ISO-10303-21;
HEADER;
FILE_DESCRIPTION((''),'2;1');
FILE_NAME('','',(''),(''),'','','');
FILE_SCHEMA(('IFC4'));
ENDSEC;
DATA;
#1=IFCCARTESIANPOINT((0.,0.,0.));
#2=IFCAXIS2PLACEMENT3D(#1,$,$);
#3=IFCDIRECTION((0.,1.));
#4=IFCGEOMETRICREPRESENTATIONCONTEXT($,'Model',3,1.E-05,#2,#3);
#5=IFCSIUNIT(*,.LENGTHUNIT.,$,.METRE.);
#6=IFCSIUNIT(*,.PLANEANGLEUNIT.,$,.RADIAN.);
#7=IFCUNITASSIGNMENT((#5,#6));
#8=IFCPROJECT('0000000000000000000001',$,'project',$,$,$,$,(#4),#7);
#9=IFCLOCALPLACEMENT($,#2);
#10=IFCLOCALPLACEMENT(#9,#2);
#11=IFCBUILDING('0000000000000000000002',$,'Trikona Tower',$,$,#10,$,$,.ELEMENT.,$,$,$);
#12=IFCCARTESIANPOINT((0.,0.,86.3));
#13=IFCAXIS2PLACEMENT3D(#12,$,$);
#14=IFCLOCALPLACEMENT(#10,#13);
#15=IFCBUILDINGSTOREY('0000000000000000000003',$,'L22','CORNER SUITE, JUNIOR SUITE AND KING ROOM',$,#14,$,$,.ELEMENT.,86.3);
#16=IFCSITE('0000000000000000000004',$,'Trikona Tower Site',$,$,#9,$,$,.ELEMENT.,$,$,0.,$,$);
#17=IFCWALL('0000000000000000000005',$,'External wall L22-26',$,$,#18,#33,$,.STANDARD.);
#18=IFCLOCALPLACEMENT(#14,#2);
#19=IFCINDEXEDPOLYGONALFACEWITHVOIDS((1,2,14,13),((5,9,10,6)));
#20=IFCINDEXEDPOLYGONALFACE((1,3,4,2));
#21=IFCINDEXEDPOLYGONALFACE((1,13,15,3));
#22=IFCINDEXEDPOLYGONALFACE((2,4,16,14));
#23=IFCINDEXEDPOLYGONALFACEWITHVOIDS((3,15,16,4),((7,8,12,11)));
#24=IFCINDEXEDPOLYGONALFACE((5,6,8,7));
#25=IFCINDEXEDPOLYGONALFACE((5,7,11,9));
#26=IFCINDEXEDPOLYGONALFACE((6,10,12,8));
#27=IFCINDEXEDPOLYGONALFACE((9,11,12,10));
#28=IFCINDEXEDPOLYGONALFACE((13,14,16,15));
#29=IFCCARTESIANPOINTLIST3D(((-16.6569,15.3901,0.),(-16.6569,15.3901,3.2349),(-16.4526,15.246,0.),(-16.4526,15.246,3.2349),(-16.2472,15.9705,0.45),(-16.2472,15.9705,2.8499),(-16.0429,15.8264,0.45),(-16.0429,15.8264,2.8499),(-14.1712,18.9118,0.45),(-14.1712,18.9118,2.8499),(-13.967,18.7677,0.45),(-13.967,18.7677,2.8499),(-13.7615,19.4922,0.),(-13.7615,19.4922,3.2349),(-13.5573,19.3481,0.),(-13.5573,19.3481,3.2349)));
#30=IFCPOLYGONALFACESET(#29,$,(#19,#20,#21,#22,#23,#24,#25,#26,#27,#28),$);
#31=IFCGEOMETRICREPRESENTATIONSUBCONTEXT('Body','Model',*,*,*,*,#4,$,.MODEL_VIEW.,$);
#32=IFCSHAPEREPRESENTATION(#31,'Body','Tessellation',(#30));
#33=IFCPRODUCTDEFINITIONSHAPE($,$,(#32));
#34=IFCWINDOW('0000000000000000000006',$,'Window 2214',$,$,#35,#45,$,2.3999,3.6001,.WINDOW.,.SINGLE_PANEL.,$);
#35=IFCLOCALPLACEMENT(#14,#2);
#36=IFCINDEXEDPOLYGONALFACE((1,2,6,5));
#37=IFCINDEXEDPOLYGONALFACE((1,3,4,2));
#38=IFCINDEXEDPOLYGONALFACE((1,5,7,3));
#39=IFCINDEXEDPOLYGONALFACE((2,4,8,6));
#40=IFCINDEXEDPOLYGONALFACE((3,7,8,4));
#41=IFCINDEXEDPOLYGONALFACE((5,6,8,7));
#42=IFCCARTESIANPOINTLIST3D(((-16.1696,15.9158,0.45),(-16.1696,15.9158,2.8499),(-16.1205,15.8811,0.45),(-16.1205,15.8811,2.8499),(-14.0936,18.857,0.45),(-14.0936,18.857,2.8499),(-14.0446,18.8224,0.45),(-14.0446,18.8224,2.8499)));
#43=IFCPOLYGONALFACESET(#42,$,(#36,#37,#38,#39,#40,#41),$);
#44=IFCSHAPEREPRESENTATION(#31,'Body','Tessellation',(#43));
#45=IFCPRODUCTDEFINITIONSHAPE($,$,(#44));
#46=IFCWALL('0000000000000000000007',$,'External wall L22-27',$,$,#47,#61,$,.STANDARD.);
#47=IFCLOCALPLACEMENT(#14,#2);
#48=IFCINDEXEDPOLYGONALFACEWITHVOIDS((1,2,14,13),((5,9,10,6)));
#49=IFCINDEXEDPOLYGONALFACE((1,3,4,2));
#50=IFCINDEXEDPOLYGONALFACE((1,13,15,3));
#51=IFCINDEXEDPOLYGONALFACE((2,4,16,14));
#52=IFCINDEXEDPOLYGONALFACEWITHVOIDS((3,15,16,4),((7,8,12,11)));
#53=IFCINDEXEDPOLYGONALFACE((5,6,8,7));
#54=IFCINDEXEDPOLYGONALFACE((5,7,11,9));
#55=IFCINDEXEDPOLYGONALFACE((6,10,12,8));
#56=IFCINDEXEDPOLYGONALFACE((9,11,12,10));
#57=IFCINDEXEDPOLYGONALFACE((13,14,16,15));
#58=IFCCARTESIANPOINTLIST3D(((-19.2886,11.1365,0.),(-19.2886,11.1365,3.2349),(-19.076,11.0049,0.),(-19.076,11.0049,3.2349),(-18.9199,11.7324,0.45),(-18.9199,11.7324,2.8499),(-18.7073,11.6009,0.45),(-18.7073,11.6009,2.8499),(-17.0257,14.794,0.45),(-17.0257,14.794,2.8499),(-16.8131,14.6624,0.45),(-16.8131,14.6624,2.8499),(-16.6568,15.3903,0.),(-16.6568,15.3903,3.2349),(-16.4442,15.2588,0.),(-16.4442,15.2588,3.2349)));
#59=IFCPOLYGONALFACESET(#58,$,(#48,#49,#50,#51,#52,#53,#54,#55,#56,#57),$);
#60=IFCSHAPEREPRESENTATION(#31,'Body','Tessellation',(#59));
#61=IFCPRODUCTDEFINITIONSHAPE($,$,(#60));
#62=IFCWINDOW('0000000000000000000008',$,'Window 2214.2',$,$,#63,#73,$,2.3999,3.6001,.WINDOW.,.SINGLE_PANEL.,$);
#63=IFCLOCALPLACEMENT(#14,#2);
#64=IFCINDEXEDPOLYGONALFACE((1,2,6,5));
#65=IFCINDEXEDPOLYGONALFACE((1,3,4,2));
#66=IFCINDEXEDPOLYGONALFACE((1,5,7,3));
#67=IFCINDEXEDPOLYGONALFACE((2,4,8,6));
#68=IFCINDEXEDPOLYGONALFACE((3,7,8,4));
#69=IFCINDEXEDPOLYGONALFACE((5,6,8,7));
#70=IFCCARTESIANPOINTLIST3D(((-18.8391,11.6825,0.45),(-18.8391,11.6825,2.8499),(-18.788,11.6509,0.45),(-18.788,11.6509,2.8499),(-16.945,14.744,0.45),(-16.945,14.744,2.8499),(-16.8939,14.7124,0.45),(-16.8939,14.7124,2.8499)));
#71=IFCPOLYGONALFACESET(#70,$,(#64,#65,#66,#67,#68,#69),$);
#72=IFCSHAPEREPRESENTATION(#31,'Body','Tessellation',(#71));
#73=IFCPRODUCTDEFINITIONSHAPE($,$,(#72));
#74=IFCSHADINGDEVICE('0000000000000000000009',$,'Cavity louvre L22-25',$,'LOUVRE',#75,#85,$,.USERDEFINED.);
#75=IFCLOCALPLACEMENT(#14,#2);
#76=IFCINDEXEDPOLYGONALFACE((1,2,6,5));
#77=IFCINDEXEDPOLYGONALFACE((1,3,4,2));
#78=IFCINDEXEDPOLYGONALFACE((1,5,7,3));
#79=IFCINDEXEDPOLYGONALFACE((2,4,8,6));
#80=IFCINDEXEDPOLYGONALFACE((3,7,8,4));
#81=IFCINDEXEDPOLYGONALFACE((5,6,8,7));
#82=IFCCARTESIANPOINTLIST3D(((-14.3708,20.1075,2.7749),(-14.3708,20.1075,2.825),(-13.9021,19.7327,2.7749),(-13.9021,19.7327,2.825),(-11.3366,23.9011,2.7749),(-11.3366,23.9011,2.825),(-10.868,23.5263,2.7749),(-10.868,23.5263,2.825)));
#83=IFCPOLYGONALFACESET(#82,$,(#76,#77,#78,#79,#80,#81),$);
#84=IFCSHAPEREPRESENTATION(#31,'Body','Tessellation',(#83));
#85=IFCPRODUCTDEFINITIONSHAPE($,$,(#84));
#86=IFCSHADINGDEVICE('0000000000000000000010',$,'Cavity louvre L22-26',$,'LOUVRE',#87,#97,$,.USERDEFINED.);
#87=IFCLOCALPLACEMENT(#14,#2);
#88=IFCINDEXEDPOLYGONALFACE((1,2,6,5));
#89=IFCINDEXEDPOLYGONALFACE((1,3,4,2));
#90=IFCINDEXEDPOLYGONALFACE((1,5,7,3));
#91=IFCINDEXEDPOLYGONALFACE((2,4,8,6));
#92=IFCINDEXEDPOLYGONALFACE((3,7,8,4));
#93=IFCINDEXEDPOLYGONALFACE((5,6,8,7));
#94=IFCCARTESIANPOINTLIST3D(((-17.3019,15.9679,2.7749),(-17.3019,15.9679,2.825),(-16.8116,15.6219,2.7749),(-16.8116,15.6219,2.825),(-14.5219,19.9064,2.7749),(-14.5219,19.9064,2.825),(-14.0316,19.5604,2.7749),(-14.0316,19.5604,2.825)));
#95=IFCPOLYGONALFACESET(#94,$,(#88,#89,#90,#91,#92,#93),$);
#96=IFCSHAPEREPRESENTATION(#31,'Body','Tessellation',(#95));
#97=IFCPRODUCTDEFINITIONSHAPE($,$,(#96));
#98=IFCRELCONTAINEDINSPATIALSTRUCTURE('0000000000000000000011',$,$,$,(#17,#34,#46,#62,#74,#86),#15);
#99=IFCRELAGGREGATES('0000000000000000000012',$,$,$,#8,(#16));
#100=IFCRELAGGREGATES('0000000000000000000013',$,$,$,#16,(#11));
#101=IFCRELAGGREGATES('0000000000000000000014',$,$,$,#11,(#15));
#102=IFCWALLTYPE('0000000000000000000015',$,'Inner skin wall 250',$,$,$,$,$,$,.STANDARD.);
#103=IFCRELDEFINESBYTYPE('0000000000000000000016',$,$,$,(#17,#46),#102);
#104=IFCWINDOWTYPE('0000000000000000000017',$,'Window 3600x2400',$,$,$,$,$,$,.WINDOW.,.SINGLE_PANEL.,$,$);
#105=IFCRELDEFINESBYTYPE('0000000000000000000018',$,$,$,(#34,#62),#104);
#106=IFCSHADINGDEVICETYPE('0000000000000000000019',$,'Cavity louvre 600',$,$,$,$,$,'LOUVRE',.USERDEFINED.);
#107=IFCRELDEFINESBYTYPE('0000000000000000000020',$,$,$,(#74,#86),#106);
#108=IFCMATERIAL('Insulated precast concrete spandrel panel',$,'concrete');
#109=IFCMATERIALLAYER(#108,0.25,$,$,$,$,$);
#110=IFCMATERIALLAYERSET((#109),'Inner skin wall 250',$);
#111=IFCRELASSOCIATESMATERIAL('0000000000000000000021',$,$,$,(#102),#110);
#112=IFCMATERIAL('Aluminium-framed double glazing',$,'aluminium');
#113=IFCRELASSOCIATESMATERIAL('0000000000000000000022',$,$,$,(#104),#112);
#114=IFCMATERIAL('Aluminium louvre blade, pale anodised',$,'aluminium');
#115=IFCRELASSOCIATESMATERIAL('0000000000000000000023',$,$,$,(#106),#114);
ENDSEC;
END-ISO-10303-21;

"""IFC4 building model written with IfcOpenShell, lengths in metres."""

from ifc_helpers import new_model, si_unit, direction, frame, frame_2d, origin, origin_2d, place, context, subcontext, project, spatial, rectangle, extrude, material, layer, layer_set, type_object, element, fill, save


model = new_model("IFC4")

# Units and contexts
model_context = context("Model", 3, precision=1e-05, world=origin(), true_north=direction((0.0, 1.0)))
body_context = subcontext(model_context, "Body", "Model", "MODEL_VIEW")
ifc_project = project(units=[si_unit("LENGTHUNIT", "METRE"), si_unit("PLANEANGLEUNIT", "RADIAN")], contexts=[model_context])

# Site, building, storey
site_placement = place(None, origin())
site = spatial("IfcSite", under=ifc_project, at=site_placement, Name="Trikona Tower Site", CompositionType="ELEMENT", RefElevation=0.0)
building_placement = place(site_placement, origin())
building = spatial("IfcBuilding", under=site, at=building_placement, Name="Trikona Tower", CompositionType="ELEMENT")
storey_placement = place(building_placement, frame((0.0, 0.0, 86.3)))
storey = spatial("IfcBuildingStorey", under=building, at=storey_placement, Name="L22", Description="CORNER SUITE, JUNIOR SUITE AND KING ROOM", CompositionType="ELEMENT", Elevation=86.3)

# Walls, openings, windows
ifc_material_1 = material(Name="Insulated precast concrete spandrel panel", Category="concrete")
ifc_layer_1 = layer(ifc_material_1, 0.25)
ifc_layer_set_1 = layer_set([ifc_layer_1], Name="Inner skin wall 250")
wall_type = type_object("IfcWallType", Name="Inner skin wall 250", PredefinedType="STANDARD", material=ifc_layer_set_1)
ifc_material_2 = material(Name="Aluminium-framed double glazing", Category="aluminium")
window_type = type_object("IfcWindowType", Name="Window 3600x2400", PartitioningType="SINGLE_PANEL", PredefinedType="WINDOW", material=ifc_material_2)
wall_1_placement = place(storey_placement, frame((-13.6594, 19.4202, 0.0), z_axis=(0.0, 0.0, 1.0), x_axis=(-0.576643, -0.816996, 0.0)))
wall_1 = element("IfcWall", 1, at=wall_1_placement, inside=storey, type_object=wall_type, Name="External wall L22-26", PredefinedType="STANDARD", context=body_context, shape_type="SweptSolid", body=[
    extrude(rectangle(XDim=5.021, YDim=0.25, at=frame_2d((2.5105, 0.0))), origin(), (0.0, 0.0, 1.0), 3.2349),
])
opening_1_placement = place(wall_1_placement, frame((0.7104, 0.0, 0.45)))
opening_1 = element("IfcOpeningElement", 2, at=opening_1_placement, cuts=wall_1, PredefinedType="OPENING", context=body_context, shape_type="SweptSolid", body=[
    extrude(rectangle(XDim=3.6001, YDim=2.3999, at=frame_2d((1.8, 1.2))), frame((0.0, 0.135, 0.0), z_axis=(0.0, -1.0, 0.0), x_axis=(1.0, 0.0, 0.0)), (0.0, 0.0, 1.0), 0.27),
])
window_1_placement = place(opening_1_placement, origin())
window_1 = element("IfcWindow", 3, at=window_1_placement, inside=storey, type_object=window_type, Name="Window 2214", OverallHeight=2.3999, OverallWidth=3.6001, PartitioningType="SINGLE_PANEL", PredefinedType="WINDOW", context=body_context, shape_type="SweptSolid", body=[
    extrude(rectangle(XDim=3.6001, YDim=2.3999, at=frame_2d((1.8, 1.2))), frame((0.0, 0.03, 0.0), z_axis=(0.0, -1.0, 0.0), x_axis=(1.0, 0.0, 0.0)), (0.0, 0.0, 1.0), 0.0601),
])
fill(opening_1, window_1)
wall_2_placement = place(storey_placement, frame((-16.5505, 15.3245, 0.0), z_axis=(0.0, 0.0, 1.0), x_axis=(-0.526133, -0.850402, 0.0)))
wall_2 = element("IfcWall", 4, at=wall_2_placement, inside=storey, type_object=wall_type, Name="External wall L22-27", PredefinedType="STANDARD", context=body_context, shape_type="SweptSolid", body=[
    extrude(rectangle(XDim=5.0022, YDim=0.25, at=frame_2d((2.501, 0.0))), origin(), (0.0, 0.0, 1.0), 3.2349),
])
opening_2_placement = place(wall_2_placement, frame((0.7012, 0.0, 0.45)))
opening_2 = element("IfcOpeningElement", 5, at=opening_2_placement, cuts=wall_2, PredefinedType="OPENING", context=body_context, shape_type="SweptSolid", body=[
    extrude(rectangle(XDim=3.6001, YDim=2.3999, at=frame_2d((1.8, 1.2))), frame((0.0, 0.135, 0.0), z_axis=(0.0, -1.0, 0.0), x_axis=(1.0, 0.0, 0.0)), (0.0, 0.0, 1.0), 0.27),
])
window_2_placement = place(opening_2_placement, origin())
window_2 = element("IfcWindow", 6, at=window_2_placement, inside=storey, type_object=window_type, Name="Window 2214.2", OverallHeight=2.3999, OverallWidth=3.6001, PartitioningType="SINGLE_PANEL", PredefinedType="WINDOW", context=body_context, shape_type="SweptSolid", body=[
    extrude(rectangle(XDim=3.6001, YDim=2.3999, at=frame_2d((1.8, 1.2))), frame((0.0, 0.03, 0.0), z_axis=(0.0, -1.0, 0.0), x_axis=(1.0, 0.0, 0.0)), (0.0, 0.0, 1.0), 0.0601),
])
fill(opening_2, window_2)

# Shading devices
ifc_material_3 = material(Name="Aluminium louvre blade, pale anodised", Category="aluminium")
shading_device_type = type_object("IfcShadingDeviceType", Name="Cavity louvre 600", ElementType="LOUVRE", PredefinedType="USERDEFINED", material=ifc_material_3)
shading_device_1_placement = place(storey_placement, frame((-12.6194, 21.8169, 2.7749), z_axis=(0.0, 0.0, 1.0), x_axis=(-0.624604, -0.780942, 0.0)))
element("IfcShadingDevice", 7, at=shading_device_1_placement, inside=storey, type_object=shading_device_type, Name="Cavity louvre L22-25", ObjectType="LOUVRE", PredefinedType="USERDEFINED", context=body_context, shape_type="SweptSolid", body=[
    extrude(rectangle(XDim=4.8577, YDim=0.6001, at=origin_2d()), origin(), (0.0, 0.0, 1.0), 0.05),
])
shading_device_2_placement = place(storey_placement, frame((-15.6667, 17.7642, 2.7749), z_axis=(0.0, 0.0, 1.0), x_axis=(-0.576662, -0.816983, 0.0)))
element("IfcShadingDevice", 8, at=shading_device_2_placement, inside=storey, type_object=shading_device_type, Name="Cavity louvre L22-26", ObjectType="LOUVRE", PredefinedType="USERDEFINED", context=body_context, shape_type="SweptSolid", body=[
    extrude(rectangle(XDim=4.8208, YDim=0.6001, at=origin_2d()), origin(), (0.0, 0.0, 1.0), 0.05),
])

save(model, "model.ifc")
